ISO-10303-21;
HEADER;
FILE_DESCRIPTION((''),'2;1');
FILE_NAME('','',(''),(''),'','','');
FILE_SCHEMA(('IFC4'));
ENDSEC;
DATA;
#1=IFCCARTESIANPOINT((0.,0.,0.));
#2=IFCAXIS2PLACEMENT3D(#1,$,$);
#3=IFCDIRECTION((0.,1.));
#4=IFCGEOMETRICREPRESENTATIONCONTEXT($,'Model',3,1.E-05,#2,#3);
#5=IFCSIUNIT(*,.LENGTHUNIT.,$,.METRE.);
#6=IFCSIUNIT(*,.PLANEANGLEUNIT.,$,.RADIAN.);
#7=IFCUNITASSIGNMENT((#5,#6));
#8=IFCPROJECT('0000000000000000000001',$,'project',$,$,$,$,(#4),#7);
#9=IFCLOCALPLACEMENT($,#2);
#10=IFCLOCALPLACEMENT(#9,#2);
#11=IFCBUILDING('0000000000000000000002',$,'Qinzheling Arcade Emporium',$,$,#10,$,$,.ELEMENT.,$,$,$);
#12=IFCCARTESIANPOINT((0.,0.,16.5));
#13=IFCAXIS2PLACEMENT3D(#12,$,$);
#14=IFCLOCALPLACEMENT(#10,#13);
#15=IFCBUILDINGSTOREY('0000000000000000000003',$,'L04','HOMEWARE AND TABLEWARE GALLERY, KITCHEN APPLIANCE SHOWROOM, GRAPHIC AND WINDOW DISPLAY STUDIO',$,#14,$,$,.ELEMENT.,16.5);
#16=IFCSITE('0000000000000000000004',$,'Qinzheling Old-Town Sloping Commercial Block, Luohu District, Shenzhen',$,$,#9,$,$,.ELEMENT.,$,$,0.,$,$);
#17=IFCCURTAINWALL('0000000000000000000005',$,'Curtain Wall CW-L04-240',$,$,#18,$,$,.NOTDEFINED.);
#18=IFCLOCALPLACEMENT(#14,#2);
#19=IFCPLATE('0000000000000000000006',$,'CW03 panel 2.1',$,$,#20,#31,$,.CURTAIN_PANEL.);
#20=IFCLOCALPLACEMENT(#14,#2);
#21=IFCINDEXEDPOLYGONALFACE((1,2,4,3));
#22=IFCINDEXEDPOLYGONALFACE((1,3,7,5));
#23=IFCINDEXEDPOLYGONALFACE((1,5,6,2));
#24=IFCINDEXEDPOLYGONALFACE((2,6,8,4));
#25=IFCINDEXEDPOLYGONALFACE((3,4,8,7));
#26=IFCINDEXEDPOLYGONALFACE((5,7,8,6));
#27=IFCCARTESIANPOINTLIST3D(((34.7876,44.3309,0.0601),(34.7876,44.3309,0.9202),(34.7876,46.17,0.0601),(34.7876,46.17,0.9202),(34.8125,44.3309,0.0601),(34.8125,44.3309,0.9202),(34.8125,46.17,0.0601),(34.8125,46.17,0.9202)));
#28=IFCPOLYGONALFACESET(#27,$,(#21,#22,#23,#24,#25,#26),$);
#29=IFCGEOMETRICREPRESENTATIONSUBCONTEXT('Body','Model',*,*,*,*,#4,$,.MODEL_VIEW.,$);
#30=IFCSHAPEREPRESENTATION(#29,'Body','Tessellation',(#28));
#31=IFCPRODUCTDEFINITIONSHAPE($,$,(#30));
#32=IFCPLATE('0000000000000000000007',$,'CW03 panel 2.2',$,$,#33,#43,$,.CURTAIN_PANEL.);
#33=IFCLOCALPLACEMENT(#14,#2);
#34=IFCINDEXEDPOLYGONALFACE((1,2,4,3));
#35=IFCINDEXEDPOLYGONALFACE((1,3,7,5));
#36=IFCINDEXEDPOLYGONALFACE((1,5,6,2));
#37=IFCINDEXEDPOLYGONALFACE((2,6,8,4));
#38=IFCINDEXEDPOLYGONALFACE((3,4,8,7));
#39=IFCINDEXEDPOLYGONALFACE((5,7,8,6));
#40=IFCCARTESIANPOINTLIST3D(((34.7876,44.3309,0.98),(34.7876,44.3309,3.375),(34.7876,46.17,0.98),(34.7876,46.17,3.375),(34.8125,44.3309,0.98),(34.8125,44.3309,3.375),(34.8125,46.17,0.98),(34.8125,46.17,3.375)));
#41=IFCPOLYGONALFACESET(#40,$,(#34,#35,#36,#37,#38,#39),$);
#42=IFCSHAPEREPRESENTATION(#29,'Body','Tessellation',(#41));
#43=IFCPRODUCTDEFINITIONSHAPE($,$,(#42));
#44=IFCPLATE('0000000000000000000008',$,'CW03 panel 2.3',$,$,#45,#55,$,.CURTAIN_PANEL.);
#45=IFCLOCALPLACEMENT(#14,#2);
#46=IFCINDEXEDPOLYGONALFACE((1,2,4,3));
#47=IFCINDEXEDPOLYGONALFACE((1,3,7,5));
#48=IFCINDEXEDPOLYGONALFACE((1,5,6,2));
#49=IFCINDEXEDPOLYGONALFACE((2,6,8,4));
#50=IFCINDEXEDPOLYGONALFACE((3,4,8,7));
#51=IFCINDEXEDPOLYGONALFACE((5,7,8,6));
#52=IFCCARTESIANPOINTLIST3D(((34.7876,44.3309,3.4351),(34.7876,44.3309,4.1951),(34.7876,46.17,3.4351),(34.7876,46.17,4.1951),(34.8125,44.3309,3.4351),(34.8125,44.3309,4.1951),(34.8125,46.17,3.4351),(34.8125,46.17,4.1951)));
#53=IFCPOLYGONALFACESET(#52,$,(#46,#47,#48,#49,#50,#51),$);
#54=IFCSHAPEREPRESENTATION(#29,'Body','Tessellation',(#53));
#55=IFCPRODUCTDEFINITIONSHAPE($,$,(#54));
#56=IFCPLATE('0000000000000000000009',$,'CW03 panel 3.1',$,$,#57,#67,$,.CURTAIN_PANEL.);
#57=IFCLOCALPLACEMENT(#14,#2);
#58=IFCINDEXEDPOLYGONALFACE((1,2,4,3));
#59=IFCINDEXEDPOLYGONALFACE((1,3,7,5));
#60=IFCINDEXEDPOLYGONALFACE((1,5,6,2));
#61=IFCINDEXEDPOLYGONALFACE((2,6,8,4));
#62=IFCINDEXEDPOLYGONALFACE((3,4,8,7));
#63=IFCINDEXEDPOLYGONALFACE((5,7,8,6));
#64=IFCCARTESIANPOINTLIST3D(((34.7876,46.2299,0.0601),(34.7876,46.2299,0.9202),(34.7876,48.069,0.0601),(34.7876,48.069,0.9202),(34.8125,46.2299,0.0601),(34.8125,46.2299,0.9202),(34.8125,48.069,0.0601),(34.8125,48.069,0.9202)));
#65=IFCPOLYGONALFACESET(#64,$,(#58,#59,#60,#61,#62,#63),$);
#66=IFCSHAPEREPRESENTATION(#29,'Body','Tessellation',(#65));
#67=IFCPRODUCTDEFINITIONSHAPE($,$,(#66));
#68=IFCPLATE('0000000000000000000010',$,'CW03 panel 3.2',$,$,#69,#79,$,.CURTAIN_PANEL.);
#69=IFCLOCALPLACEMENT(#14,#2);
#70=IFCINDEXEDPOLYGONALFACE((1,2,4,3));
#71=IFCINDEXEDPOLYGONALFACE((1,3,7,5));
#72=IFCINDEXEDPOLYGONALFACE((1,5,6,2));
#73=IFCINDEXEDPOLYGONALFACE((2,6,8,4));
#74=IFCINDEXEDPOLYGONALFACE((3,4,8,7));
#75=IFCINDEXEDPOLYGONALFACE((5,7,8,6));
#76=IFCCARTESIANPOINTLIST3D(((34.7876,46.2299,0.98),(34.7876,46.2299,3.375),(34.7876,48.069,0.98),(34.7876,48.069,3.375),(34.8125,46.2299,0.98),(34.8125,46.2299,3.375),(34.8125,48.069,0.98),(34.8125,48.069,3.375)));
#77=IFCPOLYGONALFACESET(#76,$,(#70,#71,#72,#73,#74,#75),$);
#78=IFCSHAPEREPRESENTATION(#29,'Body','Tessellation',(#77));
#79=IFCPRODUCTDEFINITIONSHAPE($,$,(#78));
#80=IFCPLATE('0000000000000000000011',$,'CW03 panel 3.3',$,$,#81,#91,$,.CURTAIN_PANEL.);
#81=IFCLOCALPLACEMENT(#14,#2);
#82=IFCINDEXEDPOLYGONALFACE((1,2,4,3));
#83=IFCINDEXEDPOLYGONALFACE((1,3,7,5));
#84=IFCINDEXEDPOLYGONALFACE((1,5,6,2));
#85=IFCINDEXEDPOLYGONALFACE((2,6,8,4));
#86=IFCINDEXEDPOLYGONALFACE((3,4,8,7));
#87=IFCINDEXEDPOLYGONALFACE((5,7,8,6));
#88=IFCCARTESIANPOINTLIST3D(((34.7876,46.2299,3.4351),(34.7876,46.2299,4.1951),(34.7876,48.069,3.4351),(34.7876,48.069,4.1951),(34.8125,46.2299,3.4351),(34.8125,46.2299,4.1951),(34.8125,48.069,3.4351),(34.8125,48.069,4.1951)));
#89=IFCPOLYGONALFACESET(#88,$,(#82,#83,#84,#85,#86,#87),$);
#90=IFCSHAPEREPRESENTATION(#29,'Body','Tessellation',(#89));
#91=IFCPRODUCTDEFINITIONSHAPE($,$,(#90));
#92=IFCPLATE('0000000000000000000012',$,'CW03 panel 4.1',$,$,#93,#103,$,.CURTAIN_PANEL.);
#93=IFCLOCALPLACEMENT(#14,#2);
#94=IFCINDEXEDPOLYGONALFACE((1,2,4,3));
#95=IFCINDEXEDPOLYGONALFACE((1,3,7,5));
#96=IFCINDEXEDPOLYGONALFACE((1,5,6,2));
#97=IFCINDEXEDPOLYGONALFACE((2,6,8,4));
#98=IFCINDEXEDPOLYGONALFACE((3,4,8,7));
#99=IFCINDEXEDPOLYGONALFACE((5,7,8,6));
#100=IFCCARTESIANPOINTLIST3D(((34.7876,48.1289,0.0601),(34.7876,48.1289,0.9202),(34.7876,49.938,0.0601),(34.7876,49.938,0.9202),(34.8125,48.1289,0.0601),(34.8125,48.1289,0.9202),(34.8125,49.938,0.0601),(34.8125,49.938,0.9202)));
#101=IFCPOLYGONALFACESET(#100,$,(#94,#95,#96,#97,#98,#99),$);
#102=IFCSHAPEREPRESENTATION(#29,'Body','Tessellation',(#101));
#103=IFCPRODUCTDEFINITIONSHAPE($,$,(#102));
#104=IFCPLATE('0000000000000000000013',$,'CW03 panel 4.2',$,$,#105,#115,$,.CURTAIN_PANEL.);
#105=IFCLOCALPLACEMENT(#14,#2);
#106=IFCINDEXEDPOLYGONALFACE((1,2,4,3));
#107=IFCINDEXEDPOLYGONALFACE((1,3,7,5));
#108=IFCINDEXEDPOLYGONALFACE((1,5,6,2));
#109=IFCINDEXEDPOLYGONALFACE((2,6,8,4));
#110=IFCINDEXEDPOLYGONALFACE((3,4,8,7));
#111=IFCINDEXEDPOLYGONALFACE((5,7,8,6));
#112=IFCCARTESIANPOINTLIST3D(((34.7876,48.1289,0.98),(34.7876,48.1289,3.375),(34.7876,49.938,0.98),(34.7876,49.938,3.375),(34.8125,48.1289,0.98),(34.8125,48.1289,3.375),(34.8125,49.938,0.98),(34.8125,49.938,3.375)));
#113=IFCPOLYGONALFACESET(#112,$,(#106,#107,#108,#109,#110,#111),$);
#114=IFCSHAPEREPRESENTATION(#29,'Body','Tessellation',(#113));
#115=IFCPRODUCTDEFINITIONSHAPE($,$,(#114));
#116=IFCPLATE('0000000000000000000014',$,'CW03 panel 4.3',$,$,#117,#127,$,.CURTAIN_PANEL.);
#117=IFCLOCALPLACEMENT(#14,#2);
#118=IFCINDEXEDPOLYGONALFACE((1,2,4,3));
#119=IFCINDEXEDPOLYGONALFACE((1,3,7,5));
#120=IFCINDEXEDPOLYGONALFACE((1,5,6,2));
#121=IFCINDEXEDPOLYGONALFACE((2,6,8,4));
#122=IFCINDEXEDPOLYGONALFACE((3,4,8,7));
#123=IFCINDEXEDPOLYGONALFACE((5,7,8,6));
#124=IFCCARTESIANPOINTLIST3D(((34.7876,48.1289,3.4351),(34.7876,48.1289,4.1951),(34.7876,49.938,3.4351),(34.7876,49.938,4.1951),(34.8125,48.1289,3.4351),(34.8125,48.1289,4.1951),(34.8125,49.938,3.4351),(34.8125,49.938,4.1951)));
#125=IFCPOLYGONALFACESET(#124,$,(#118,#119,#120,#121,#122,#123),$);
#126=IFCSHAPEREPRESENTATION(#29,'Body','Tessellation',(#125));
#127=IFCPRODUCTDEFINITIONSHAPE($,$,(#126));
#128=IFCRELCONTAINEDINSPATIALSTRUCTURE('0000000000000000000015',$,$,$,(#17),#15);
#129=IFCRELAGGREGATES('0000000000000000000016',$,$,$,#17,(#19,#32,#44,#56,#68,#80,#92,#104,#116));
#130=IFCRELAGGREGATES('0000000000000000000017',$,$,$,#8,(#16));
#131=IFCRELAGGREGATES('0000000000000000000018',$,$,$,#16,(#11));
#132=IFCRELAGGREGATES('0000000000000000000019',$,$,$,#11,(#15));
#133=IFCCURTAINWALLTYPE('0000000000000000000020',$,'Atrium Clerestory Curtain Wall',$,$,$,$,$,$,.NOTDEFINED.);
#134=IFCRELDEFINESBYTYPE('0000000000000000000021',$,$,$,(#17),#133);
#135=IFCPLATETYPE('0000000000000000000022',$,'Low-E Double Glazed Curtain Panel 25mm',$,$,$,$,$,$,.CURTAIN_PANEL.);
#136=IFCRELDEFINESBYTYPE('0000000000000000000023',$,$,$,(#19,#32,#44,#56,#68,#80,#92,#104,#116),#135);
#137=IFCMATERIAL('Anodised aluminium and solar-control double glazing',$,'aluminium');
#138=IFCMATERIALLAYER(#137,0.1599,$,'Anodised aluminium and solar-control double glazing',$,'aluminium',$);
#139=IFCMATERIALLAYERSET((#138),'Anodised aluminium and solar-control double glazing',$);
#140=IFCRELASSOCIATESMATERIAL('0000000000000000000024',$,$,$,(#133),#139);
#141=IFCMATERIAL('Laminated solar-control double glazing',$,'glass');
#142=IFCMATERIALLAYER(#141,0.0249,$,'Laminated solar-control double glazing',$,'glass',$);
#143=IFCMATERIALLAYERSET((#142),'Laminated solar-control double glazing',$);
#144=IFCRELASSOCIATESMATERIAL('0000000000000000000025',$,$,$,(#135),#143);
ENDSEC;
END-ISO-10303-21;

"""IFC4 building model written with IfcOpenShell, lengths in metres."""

from ifc_helpers import new_model, si_unit, direction, frame, origin, origin_2d, place, context, subcontext, project, spatial, rectangle, extrude, material, layer, layer_set, type_object, element, aggregate, save


model = new_model("IFC4")

# Units and contexts
model_context = context("Model", 3, precision=1e-05, world=origin(), true_north=direction((0.0, 1.0)))
body_context = subcontext(model_context, "Body", "Model", "MODEL_VIEW")
ifc_project = project(units=[si_unit("LENGTHUNIT", "METRE"), si_unit("PLANEANGLEUNIT", "RADIAN")], contexts=[model_context])

# Site, building, storey
site_placement = place(None, origin())
site = spatial("IfcSite", under=ifc_project, at=site_placement, Name="Qinzheling Old-Town Sloping Commercial Block, Luohu District, Shenzhen", CompositionType="ELEMENT", RefElevation=0.0)
building_placement = place(site_placement, origin())
building = spatial("IfcBuilding", under=site, at=building_placement, Name="Qinzheling Arcade Emporium", CompositionType="ELEMENT")
storey_placement = place(building_placement, frame((0.0, 0.0, 16.5)))
storey = spatial("IfcBuildingStorey", under=building, at=storey_placement, Name="L04", Description="HOMEWARE AND TABLEWARE GALLERY, KITCHEN APPLIANCE SHOWROOM, GRAPHIC AND WINDOW DISPLAY STUDIO", CompositionType="ELEMENT", Elevation=16.5)

# Curtain wall
ifc_material_1 = material(Name="Anodised aluminium and solar-control double glazing", Category="aluminium")
ifc_layer_1 = layer(ifc_material_1, 0.1599, Name="Anodised aluminium and solar-control double glazing", Category="aluminium")
ifc_layer_set_1 = layer_set([ifc_layer_1], Name="Anodised aluminium and solar-control double glazing")
curtain_wall_type = type_object("IfcCurtainWallType", Name="Atrium Clerestory Curtain Wall", PredefinedType="NOTDEFINED", material=ifc_layer_set_1)
curtain_wall_1_placement = place(storey_placement, origin())
curtain_wall_1 = element("IfcCurtainWall", 1, at=curtain_wall_1_placement, inside=storey, type_object=curtain_wall_type, Name="Curtain Wall CW-L04-240", PredefinedType="NOTDEFINED")

# Plates
ifc_material_2 = material(Name="Laminated solar-control double glazing", Category="glass")
ifc_layer_2 = layer(ifc_material_2, 0.0249, Name="Laminated solar-control double glazing", Category="glass")
ifc_layer_set_2 = layer_set([ifc_layer_2], Name="Laminated solar-control double glazing")
plate_type = type_object("IfcPlateType", Name="Low-E Double Glazed Curtain Panel 25mm", PredefinedType="CURTAIN_PANEL", material=ifc_layer_set_2)
plate_1_placement = place(storey_placement, frame((34.8, 45.2505, 0.0601), z_axis=(0.0, 0.0, 1.0), x_axis=(0.0, 1.0, 0.0)))
plate_1 = element("IfcPlate", 2, at=plate_1_placement, type_object=plate_type, Name="CW03 panel 2.1", PredefinedType="CURTAIN_PANEL", context=body_context, shape_type="SweptSolid", body=[
    extrude(rectangle(XDim=1.8391, YDim=0.0249, at=origin_2d()), origin(), (0.0, 0.0, 1.0), 0.8601),
])
plate_2_placement = place(storey_placement, frame((34.8, 45.2505, 0.98), z_axis=(0.0, 0.0, 1.0), x_axis=(0.0, 1.0, 0.0)))
plate_2 = element("IfcPlate", 3, at=plate_2_placement, type_object=plate_type, Name="CW03 panel 2.2", PredefinedType="CURTAIN_PANEL", context=body_context, shape_type="SweptSolid", body=[
    extrude(rectangle(XDim=1.8391, YDim=0.0249, at=origin_2d()), origin(), (0.0, 0.0, 1.0), 2.395),
])
plate_3_placement = place(storey_placement, frame((34.8, 45.2505, 3.4351), z_axis=(0.0, 0.0, 1.0), x_axis=(0.0, 1.0, 0.0)))
plate_3 = element("IfcPlate", 4, at=plate_3_placement, type_object=plate_type, Name="CW03 panel 2.3", PredefinedType="CURTAIN_PANEL", context=body_context, shape_type="SweptSolid", body=[
    extrude(rectangle(XDim=1.8391, YDim=0.0249, at=origin_2d()), origin(), (0.0, 0.0, 1.0), 0.76),
])
plate_4_placement = place(storey_placement, frame((34.8, 47.1494, 0.0601), z_axis=(0.0, 0.0, 1.0), x_axis=(0.0, 1.0, 0.0)))
plate_4 = element("IfcPlate", 5, at=plate_4_placement, type_object=plate_type, Name="CW03 panel 3.1", PredefinedType="CURTAIN_PANEL", context=body_context, shape_type="SweptSolid", body=[
    extrude(rectangle(XDim=1.8391, YDim=0.0249, at=origin_2d()), origin(), (0.0, 0.0, 1.0), 0.8601),
])
plate_5_placement = place(storey_placement, frame((34.8, 47.1494, 0.98), z_axis=(0.0, 0.0, 1.0), x_axis=(0.0, 1.0, 0.0)))
plate_5 = element("IfcPlate", 6, at=plate_5_placement, type_object=plate_type, Name="CW03 panel 3.2", PredefinedType="CURTAIN_PANEL", context=body_context, shape_type="SweptSolid", body=[
    extrude(rectangle(XDim=1.8391, YDim=0.0249, at=origin_2d()), origin(), (0.0, 0.0, 1.0), 2.395),
])
plate_6_placement = place(storey_placement, frame((34.8, 47.1494, 3.4351), z_axis=(0.0, 0.0, 1.0), x_axis=(0.0, 1.0, 0.0)))
plate_6 = element("IfcPlate", 7, at=plate_6_placement, type_object=plate_type, Name="CW03 panel 3.3", PredefinedType="CURTAIN_PANEL", context=body_context, shape_type="SweptSolid", body=[
    extrude(rectangle(XDim=1.8391, YDim=0.0249, at=origin_2d()), origin(), (0.0, 0.0, 1.0), 0.76),
])
plate_7_placement = place(storey_placement, frame((34.8, 49.0334, 0.0601), z_axis=(0.0, 0.0, 1.0), x_axis=(0.0, 1.0, 0.0)))
plate_7 = element("IfcPlate", 8, at=plate_7_placement, type_object=plate_type, Name="CW03 panel 4.1", PredefinedType="CURTAIN_PANEL", context=body_context, shape_type="SweptSolid", body=[
    extrude(rectangle(XDim=1.8091, YDim=0.0249, at=origin_2d()), origin(), (0.0, 0.0, 1.0), 0.8601),
])
plate_8_placement = place(storey_placement, frame((34.8, 49.0334, 0.98), z_axis=(0.0, 0.0, 1.0), x_axis=(0.0, 1.0, 0.0)))
plate_8 = element("IfcPlate", 9, at=plate_8_placement, type_object=plate_type, Name="CW03 panel 4.2", PredefinedType="CURTAIN_PANEL", context=body_context, shape_type="SweptSolid", body=[
    extrude(rectangle(XDim=1.8091, YDim=0.0249, at=origin_2d()), origin(), (0.0, 0.0, 1.0), 2.395),
])
plate_9_placement = place(storey_placement, frame((34.8, 49.0334, 3.4351), z_axis=(0.0, 0.0, 1.0), x_axis=(0.0, 1.0, 0.0)))
plate_9 = element("IfcPlate", 10, at=plate_9_placement, type_object=plate_type, Name="CW03 panel 4.3", PredefinedType="CURTAIN_PANEL", context=body_context, shape_type="SweptSolid", body=[
    extrude(rectangle(XDim=1.8091, YDim=0.0249, at=origin_2d()), origin(), (0.0, 0.0, 1.0), 0.76),
])
aggregate(curtain_wall_1, [plate_1, plate_2, plate_3, plate_4, plate_5, plate_6, plate_7, plate_8, plate_9])

save(model, "model.ifc")
